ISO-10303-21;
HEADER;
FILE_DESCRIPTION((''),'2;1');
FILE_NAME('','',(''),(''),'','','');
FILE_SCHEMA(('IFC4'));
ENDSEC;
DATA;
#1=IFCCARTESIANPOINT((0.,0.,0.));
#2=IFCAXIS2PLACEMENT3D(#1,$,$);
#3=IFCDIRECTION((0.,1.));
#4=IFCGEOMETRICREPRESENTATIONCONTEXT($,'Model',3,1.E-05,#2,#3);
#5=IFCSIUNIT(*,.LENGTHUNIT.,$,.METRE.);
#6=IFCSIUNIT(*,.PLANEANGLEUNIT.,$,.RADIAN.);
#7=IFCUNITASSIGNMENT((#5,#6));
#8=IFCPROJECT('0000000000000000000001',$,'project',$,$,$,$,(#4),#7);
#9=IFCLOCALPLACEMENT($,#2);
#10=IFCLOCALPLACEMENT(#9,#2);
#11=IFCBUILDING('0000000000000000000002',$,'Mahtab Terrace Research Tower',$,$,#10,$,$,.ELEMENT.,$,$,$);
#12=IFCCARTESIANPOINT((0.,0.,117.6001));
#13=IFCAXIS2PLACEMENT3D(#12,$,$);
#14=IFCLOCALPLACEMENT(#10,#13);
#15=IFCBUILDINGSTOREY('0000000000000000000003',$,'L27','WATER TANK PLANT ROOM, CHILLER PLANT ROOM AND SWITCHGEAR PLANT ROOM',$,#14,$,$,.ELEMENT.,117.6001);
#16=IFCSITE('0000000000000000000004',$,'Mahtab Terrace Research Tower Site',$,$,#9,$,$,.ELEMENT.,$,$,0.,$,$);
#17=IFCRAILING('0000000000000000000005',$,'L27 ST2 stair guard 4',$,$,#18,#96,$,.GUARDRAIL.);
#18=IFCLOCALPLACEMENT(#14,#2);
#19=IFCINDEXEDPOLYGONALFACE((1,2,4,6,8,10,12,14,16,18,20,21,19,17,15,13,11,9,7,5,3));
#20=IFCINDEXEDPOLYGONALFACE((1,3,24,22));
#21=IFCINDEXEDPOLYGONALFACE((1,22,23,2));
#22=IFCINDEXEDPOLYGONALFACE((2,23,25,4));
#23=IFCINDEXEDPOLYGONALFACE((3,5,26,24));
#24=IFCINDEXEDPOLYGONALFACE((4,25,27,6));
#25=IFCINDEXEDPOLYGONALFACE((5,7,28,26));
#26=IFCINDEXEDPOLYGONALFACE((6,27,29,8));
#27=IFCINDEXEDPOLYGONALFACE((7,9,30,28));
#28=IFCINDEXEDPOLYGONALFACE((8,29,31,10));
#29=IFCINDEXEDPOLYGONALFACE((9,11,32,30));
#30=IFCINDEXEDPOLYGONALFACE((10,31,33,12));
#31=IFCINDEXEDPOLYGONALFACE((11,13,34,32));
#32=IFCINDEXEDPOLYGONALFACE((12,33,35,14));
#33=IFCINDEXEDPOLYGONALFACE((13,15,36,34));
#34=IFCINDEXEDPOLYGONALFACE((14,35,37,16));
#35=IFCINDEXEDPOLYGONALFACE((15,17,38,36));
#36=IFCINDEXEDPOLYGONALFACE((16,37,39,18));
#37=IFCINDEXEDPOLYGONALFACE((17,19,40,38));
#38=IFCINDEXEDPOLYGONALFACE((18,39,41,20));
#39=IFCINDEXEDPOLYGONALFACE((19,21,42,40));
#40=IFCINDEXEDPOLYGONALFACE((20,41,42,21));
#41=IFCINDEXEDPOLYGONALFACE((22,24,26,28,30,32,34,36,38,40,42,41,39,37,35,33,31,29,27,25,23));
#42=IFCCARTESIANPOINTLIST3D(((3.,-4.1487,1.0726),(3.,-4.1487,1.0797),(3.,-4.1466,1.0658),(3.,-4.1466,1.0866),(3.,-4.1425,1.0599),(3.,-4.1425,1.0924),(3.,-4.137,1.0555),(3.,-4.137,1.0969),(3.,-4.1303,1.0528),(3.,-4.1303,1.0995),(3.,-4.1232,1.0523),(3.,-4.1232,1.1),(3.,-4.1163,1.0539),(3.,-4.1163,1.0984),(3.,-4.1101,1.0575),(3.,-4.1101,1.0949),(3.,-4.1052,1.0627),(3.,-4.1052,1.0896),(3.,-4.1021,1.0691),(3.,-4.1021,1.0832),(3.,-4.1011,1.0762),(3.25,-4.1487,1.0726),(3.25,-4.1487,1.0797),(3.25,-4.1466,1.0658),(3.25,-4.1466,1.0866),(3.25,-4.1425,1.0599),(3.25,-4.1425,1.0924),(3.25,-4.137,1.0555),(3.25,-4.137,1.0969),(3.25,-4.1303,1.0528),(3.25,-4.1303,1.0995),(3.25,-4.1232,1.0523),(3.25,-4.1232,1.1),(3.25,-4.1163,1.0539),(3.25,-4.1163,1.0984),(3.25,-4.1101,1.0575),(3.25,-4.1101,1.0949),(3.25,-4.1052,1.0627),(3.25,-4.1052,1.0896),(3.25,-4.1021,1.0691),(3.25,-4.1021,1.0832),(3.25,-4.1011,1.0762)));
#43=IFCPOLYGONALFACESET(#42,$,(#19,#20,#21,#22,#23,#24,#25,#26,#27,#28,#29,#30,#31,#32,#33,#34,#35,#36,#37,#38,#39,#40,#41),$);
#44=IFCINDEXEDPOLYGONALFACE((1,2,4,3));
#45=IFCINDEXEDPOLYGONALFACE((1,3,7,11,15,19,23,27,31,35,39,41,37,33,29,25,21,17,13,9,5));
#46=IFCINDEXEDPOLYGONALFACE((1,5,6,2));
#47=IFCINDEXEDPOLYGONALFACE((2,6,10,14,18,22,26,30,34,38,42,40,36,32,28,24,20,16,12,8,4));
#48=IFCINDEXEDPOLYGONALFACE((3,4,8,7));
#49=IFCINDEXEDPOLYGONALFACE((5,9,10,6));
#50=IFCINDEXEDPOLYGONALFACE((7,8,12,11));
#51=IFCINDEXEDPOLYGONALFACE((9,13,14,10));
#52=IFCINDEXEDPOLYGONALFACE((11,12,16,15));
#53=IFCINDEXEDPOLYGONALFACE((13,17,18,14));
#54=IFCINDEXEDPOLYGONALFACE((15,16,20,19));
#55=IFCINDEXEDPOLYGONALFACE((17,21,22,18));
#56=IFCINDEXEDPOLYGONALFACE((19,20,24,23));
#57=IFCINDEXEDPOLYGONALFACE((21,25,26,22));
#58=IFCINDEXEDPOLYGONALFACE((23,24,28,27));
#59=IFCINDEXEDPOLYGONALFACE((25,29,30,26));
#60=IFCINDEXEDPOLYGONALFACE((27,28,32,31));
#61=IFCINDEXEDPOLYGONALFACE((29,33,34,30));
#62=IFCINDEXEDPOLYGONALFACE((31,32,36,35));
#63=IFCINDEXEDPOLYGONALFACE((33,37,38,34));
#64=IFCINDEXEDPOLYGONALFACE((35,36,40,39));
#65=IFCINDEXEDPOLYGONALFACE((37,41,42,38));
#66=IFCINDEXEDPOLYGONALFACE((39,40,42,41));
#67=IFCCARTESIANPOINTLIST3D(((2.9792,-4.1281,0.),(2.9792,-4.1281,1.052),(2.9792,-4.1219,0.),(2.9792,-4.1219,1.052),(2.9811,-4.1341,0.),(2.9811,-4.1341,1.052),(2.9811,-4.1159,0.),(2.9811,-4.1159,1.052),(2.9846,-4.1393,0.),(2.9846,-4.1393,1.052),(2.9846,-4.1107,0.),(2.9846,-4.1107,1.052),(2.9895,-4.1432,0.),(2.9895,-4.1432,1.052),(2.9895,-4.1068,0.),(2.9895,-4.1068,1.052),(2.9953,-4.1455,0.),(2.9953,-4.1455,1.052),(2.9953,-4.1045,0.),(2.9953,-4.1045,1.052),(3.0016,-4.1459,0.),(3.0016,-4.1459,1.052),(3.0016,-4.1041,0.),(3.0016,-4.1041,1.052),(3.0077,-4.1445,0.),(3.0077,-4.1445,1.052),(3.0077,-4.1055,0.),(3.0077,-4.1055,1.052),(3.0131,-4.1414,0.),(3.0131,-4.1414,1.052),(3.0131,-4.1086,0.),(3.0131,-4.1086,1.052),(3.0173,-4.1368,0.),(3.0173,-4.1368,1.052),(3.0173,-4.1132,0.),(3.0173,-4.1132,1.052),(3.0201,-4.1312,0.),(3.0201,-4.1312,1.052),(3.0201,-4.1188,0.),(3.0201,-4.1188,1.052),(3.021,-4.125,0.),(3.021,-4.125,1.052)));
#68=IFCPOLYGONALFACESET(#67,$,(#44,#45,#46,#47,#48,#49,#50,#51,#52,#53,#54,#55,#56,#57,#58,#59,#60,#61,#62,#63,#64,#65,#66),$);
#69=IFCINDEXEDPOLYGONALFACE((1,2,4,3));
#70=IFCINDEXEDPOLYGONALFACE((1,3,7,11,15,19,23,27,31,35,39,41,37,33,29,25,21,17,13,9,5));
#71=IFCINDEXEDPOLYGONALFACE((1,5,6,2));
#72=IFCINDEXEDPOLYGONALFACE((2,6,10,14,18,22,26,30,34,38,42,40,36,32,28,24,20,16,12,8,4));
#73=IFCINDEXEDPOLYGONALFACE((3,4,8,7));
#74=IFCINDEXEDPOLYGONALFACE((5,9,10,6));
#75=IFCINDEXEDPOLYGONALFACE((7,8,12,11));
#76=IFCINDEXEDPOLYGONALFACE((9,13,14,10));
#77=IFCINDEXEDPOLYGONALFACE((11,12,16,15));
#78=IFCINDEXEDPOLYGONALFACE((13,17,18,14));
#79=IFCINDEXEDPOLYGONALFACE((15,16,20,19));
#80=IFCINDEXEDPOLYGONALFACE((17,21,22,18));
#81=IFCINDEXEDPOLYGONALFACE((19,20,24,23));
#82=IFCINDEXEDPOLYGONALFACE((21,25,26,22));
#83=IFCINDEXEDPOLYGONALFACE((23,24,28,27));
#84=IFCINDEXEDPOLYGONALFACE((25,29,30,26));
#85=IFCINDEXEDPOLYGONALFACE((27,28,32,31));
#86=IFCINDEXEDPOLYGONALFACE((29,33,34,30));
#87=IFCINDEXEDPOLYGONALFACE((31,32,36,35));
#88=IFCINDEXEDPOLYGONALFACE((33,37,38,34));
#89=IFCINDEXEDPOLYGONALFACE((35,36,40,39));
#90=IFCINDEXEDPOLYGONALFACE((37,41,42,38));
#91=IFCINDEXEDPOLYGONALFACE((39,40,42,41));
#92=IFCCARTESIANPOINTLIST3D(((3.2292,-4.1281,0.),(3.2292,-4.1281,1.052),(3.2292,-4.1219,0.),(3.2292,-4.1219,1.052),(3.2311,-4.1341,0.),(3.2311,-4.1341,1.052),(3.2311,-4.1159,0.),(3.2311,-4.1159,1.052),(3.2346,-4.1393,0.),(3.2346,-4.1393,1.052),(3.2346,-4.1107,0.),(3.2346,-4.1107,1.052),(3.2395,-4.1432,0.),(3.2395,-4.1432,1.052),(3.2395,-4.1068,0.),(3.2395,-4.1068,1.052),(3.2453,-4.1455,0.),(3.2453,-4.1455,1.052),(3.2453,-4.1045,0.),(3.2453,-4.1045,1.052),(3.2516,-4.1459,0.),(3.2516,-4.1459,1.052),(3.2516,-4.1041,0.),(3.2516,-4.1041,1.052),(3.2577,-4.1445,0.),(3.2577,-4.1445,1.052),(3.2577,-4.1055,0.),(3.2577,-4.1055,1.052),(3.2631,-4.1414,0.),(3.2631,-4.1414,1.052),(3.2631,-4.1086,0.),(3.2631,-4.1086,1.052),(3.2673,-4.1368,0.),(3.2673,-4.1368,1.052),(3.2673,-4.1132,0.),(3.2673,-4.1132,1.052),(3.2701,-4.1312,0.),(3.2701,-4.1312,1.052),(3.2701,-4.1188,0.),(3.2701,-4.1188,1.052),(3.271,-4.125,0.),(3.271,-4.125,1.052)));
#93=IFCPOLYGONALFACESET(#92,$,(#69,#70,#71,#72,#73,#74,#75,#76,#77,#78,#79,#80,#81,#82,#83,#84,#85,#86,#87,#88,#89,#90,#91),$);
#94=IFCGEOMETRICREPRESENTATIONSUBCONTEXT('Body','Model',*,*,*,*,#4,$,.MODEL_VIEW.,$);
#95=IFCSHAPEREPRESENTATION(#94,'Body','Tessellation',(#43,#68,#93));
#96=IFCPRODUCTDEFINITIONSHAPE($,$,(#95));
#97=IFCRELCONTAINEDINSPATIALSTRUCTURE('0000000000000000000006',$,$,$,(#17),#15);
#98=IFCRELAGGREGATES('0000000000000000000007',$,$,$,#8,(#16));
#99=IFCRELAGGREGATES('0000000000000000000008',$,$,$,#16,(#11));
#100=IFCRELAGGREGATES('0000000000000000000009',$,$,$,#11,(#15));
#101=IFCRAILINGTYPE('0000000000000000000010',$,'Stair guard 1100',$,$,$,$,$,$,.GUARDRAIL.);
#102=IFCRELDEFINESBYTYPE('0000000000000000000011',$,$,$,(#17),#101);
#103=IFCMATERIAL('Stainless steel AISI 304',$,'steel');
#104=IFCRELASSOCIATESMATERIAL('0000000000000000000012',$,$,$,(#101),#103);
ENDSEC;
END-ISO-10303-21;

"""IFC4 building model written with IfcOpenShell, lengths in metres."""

from ifc_helpers import new_model, si_unit, direction, frame, origin, origin_2d, place, context, subcontext, project, spatial, circle, extrude, material, type_object, element, save


model = new_model("IFC4")

# Units and contexts
model_context = context("Model", 3, precision=1e-05, world=origin(), true_north=direction((0.0, 1.0)))
body_context = subcontext(model_context, "Body", "Model", "MODEL_VIEW")
ifc_project = project(units=[si_unit("LENGTHUNIT", "METRE"), si_unit("PLANEANGLEUNIT", "RADIAN")], contexts=[model_context])

# Site, building, storey
site_placement = place(None, origin())
site = spatial("IfcSite", under=ifc_project, at=site_placement, Name="Mahtab Terrace Research Tower Site", CompositionType="ELEMENT", RefElevation=0.0)
building_placement = place(site_placement, origin())
building = spatial("IfcBuilding", under=site, at=building_placement, Name="Mahtab Terrace Research Tower", CompositionType="ELEMENT")
storey_placement = place(building_placement, frame((0.0, 0.0, 117.6001)))
storey = spatial("IfcBuildingStorey", under=building, at=storey_placement, Name="L27", Description="WATER TANK PLANT ROOM, CHILLER PLANT ROOM AND SWITCHGEAR PLANT ROOM", CompositionType="ELEMENT", Elevation=117.6001)

# Railing
ifc_material_1 = material(Name="Stainless steel AISI 304", Category="steel")
railing_type_1 = type_object("IfcRailingType", Name="Stair guard 1100", PredefinedType="GUARDRAIL", material=ifc_material_1)
railing_1_placement = place(storey_placement, frame((3.0, -4.125, 0.0)))
element("IfcRailing", 1, at=railing_1_placement, inside=storey, type_object=railing_type_1, Name="L27 ST2 stair guard 4", PredefinedType="GUARDRAIL", context=body_context, shape_type="SweptSolid", body=[
    extrude(circle(Radius=0.0239, at=origin_2d()), frame((0.0, 0.0, 1.0762), z_axis=(1.0, 0.0, 0.0), x_axis=(0.0, 1.0, 0.0)), (0.0, 0.0, 1.0), 0.25),
    extrude(circle(Radius=0.021, at=origin_2d()), origin(), (0.0, 0.0, 1.0), 1.052),
    extrude(circle(Radius=0.021, at=origin_2d()), frame((0.25, 0.0, 0.0)), (0.0, 0.0, 1.0), 1.052),
])

save(model, "model.ifc")
